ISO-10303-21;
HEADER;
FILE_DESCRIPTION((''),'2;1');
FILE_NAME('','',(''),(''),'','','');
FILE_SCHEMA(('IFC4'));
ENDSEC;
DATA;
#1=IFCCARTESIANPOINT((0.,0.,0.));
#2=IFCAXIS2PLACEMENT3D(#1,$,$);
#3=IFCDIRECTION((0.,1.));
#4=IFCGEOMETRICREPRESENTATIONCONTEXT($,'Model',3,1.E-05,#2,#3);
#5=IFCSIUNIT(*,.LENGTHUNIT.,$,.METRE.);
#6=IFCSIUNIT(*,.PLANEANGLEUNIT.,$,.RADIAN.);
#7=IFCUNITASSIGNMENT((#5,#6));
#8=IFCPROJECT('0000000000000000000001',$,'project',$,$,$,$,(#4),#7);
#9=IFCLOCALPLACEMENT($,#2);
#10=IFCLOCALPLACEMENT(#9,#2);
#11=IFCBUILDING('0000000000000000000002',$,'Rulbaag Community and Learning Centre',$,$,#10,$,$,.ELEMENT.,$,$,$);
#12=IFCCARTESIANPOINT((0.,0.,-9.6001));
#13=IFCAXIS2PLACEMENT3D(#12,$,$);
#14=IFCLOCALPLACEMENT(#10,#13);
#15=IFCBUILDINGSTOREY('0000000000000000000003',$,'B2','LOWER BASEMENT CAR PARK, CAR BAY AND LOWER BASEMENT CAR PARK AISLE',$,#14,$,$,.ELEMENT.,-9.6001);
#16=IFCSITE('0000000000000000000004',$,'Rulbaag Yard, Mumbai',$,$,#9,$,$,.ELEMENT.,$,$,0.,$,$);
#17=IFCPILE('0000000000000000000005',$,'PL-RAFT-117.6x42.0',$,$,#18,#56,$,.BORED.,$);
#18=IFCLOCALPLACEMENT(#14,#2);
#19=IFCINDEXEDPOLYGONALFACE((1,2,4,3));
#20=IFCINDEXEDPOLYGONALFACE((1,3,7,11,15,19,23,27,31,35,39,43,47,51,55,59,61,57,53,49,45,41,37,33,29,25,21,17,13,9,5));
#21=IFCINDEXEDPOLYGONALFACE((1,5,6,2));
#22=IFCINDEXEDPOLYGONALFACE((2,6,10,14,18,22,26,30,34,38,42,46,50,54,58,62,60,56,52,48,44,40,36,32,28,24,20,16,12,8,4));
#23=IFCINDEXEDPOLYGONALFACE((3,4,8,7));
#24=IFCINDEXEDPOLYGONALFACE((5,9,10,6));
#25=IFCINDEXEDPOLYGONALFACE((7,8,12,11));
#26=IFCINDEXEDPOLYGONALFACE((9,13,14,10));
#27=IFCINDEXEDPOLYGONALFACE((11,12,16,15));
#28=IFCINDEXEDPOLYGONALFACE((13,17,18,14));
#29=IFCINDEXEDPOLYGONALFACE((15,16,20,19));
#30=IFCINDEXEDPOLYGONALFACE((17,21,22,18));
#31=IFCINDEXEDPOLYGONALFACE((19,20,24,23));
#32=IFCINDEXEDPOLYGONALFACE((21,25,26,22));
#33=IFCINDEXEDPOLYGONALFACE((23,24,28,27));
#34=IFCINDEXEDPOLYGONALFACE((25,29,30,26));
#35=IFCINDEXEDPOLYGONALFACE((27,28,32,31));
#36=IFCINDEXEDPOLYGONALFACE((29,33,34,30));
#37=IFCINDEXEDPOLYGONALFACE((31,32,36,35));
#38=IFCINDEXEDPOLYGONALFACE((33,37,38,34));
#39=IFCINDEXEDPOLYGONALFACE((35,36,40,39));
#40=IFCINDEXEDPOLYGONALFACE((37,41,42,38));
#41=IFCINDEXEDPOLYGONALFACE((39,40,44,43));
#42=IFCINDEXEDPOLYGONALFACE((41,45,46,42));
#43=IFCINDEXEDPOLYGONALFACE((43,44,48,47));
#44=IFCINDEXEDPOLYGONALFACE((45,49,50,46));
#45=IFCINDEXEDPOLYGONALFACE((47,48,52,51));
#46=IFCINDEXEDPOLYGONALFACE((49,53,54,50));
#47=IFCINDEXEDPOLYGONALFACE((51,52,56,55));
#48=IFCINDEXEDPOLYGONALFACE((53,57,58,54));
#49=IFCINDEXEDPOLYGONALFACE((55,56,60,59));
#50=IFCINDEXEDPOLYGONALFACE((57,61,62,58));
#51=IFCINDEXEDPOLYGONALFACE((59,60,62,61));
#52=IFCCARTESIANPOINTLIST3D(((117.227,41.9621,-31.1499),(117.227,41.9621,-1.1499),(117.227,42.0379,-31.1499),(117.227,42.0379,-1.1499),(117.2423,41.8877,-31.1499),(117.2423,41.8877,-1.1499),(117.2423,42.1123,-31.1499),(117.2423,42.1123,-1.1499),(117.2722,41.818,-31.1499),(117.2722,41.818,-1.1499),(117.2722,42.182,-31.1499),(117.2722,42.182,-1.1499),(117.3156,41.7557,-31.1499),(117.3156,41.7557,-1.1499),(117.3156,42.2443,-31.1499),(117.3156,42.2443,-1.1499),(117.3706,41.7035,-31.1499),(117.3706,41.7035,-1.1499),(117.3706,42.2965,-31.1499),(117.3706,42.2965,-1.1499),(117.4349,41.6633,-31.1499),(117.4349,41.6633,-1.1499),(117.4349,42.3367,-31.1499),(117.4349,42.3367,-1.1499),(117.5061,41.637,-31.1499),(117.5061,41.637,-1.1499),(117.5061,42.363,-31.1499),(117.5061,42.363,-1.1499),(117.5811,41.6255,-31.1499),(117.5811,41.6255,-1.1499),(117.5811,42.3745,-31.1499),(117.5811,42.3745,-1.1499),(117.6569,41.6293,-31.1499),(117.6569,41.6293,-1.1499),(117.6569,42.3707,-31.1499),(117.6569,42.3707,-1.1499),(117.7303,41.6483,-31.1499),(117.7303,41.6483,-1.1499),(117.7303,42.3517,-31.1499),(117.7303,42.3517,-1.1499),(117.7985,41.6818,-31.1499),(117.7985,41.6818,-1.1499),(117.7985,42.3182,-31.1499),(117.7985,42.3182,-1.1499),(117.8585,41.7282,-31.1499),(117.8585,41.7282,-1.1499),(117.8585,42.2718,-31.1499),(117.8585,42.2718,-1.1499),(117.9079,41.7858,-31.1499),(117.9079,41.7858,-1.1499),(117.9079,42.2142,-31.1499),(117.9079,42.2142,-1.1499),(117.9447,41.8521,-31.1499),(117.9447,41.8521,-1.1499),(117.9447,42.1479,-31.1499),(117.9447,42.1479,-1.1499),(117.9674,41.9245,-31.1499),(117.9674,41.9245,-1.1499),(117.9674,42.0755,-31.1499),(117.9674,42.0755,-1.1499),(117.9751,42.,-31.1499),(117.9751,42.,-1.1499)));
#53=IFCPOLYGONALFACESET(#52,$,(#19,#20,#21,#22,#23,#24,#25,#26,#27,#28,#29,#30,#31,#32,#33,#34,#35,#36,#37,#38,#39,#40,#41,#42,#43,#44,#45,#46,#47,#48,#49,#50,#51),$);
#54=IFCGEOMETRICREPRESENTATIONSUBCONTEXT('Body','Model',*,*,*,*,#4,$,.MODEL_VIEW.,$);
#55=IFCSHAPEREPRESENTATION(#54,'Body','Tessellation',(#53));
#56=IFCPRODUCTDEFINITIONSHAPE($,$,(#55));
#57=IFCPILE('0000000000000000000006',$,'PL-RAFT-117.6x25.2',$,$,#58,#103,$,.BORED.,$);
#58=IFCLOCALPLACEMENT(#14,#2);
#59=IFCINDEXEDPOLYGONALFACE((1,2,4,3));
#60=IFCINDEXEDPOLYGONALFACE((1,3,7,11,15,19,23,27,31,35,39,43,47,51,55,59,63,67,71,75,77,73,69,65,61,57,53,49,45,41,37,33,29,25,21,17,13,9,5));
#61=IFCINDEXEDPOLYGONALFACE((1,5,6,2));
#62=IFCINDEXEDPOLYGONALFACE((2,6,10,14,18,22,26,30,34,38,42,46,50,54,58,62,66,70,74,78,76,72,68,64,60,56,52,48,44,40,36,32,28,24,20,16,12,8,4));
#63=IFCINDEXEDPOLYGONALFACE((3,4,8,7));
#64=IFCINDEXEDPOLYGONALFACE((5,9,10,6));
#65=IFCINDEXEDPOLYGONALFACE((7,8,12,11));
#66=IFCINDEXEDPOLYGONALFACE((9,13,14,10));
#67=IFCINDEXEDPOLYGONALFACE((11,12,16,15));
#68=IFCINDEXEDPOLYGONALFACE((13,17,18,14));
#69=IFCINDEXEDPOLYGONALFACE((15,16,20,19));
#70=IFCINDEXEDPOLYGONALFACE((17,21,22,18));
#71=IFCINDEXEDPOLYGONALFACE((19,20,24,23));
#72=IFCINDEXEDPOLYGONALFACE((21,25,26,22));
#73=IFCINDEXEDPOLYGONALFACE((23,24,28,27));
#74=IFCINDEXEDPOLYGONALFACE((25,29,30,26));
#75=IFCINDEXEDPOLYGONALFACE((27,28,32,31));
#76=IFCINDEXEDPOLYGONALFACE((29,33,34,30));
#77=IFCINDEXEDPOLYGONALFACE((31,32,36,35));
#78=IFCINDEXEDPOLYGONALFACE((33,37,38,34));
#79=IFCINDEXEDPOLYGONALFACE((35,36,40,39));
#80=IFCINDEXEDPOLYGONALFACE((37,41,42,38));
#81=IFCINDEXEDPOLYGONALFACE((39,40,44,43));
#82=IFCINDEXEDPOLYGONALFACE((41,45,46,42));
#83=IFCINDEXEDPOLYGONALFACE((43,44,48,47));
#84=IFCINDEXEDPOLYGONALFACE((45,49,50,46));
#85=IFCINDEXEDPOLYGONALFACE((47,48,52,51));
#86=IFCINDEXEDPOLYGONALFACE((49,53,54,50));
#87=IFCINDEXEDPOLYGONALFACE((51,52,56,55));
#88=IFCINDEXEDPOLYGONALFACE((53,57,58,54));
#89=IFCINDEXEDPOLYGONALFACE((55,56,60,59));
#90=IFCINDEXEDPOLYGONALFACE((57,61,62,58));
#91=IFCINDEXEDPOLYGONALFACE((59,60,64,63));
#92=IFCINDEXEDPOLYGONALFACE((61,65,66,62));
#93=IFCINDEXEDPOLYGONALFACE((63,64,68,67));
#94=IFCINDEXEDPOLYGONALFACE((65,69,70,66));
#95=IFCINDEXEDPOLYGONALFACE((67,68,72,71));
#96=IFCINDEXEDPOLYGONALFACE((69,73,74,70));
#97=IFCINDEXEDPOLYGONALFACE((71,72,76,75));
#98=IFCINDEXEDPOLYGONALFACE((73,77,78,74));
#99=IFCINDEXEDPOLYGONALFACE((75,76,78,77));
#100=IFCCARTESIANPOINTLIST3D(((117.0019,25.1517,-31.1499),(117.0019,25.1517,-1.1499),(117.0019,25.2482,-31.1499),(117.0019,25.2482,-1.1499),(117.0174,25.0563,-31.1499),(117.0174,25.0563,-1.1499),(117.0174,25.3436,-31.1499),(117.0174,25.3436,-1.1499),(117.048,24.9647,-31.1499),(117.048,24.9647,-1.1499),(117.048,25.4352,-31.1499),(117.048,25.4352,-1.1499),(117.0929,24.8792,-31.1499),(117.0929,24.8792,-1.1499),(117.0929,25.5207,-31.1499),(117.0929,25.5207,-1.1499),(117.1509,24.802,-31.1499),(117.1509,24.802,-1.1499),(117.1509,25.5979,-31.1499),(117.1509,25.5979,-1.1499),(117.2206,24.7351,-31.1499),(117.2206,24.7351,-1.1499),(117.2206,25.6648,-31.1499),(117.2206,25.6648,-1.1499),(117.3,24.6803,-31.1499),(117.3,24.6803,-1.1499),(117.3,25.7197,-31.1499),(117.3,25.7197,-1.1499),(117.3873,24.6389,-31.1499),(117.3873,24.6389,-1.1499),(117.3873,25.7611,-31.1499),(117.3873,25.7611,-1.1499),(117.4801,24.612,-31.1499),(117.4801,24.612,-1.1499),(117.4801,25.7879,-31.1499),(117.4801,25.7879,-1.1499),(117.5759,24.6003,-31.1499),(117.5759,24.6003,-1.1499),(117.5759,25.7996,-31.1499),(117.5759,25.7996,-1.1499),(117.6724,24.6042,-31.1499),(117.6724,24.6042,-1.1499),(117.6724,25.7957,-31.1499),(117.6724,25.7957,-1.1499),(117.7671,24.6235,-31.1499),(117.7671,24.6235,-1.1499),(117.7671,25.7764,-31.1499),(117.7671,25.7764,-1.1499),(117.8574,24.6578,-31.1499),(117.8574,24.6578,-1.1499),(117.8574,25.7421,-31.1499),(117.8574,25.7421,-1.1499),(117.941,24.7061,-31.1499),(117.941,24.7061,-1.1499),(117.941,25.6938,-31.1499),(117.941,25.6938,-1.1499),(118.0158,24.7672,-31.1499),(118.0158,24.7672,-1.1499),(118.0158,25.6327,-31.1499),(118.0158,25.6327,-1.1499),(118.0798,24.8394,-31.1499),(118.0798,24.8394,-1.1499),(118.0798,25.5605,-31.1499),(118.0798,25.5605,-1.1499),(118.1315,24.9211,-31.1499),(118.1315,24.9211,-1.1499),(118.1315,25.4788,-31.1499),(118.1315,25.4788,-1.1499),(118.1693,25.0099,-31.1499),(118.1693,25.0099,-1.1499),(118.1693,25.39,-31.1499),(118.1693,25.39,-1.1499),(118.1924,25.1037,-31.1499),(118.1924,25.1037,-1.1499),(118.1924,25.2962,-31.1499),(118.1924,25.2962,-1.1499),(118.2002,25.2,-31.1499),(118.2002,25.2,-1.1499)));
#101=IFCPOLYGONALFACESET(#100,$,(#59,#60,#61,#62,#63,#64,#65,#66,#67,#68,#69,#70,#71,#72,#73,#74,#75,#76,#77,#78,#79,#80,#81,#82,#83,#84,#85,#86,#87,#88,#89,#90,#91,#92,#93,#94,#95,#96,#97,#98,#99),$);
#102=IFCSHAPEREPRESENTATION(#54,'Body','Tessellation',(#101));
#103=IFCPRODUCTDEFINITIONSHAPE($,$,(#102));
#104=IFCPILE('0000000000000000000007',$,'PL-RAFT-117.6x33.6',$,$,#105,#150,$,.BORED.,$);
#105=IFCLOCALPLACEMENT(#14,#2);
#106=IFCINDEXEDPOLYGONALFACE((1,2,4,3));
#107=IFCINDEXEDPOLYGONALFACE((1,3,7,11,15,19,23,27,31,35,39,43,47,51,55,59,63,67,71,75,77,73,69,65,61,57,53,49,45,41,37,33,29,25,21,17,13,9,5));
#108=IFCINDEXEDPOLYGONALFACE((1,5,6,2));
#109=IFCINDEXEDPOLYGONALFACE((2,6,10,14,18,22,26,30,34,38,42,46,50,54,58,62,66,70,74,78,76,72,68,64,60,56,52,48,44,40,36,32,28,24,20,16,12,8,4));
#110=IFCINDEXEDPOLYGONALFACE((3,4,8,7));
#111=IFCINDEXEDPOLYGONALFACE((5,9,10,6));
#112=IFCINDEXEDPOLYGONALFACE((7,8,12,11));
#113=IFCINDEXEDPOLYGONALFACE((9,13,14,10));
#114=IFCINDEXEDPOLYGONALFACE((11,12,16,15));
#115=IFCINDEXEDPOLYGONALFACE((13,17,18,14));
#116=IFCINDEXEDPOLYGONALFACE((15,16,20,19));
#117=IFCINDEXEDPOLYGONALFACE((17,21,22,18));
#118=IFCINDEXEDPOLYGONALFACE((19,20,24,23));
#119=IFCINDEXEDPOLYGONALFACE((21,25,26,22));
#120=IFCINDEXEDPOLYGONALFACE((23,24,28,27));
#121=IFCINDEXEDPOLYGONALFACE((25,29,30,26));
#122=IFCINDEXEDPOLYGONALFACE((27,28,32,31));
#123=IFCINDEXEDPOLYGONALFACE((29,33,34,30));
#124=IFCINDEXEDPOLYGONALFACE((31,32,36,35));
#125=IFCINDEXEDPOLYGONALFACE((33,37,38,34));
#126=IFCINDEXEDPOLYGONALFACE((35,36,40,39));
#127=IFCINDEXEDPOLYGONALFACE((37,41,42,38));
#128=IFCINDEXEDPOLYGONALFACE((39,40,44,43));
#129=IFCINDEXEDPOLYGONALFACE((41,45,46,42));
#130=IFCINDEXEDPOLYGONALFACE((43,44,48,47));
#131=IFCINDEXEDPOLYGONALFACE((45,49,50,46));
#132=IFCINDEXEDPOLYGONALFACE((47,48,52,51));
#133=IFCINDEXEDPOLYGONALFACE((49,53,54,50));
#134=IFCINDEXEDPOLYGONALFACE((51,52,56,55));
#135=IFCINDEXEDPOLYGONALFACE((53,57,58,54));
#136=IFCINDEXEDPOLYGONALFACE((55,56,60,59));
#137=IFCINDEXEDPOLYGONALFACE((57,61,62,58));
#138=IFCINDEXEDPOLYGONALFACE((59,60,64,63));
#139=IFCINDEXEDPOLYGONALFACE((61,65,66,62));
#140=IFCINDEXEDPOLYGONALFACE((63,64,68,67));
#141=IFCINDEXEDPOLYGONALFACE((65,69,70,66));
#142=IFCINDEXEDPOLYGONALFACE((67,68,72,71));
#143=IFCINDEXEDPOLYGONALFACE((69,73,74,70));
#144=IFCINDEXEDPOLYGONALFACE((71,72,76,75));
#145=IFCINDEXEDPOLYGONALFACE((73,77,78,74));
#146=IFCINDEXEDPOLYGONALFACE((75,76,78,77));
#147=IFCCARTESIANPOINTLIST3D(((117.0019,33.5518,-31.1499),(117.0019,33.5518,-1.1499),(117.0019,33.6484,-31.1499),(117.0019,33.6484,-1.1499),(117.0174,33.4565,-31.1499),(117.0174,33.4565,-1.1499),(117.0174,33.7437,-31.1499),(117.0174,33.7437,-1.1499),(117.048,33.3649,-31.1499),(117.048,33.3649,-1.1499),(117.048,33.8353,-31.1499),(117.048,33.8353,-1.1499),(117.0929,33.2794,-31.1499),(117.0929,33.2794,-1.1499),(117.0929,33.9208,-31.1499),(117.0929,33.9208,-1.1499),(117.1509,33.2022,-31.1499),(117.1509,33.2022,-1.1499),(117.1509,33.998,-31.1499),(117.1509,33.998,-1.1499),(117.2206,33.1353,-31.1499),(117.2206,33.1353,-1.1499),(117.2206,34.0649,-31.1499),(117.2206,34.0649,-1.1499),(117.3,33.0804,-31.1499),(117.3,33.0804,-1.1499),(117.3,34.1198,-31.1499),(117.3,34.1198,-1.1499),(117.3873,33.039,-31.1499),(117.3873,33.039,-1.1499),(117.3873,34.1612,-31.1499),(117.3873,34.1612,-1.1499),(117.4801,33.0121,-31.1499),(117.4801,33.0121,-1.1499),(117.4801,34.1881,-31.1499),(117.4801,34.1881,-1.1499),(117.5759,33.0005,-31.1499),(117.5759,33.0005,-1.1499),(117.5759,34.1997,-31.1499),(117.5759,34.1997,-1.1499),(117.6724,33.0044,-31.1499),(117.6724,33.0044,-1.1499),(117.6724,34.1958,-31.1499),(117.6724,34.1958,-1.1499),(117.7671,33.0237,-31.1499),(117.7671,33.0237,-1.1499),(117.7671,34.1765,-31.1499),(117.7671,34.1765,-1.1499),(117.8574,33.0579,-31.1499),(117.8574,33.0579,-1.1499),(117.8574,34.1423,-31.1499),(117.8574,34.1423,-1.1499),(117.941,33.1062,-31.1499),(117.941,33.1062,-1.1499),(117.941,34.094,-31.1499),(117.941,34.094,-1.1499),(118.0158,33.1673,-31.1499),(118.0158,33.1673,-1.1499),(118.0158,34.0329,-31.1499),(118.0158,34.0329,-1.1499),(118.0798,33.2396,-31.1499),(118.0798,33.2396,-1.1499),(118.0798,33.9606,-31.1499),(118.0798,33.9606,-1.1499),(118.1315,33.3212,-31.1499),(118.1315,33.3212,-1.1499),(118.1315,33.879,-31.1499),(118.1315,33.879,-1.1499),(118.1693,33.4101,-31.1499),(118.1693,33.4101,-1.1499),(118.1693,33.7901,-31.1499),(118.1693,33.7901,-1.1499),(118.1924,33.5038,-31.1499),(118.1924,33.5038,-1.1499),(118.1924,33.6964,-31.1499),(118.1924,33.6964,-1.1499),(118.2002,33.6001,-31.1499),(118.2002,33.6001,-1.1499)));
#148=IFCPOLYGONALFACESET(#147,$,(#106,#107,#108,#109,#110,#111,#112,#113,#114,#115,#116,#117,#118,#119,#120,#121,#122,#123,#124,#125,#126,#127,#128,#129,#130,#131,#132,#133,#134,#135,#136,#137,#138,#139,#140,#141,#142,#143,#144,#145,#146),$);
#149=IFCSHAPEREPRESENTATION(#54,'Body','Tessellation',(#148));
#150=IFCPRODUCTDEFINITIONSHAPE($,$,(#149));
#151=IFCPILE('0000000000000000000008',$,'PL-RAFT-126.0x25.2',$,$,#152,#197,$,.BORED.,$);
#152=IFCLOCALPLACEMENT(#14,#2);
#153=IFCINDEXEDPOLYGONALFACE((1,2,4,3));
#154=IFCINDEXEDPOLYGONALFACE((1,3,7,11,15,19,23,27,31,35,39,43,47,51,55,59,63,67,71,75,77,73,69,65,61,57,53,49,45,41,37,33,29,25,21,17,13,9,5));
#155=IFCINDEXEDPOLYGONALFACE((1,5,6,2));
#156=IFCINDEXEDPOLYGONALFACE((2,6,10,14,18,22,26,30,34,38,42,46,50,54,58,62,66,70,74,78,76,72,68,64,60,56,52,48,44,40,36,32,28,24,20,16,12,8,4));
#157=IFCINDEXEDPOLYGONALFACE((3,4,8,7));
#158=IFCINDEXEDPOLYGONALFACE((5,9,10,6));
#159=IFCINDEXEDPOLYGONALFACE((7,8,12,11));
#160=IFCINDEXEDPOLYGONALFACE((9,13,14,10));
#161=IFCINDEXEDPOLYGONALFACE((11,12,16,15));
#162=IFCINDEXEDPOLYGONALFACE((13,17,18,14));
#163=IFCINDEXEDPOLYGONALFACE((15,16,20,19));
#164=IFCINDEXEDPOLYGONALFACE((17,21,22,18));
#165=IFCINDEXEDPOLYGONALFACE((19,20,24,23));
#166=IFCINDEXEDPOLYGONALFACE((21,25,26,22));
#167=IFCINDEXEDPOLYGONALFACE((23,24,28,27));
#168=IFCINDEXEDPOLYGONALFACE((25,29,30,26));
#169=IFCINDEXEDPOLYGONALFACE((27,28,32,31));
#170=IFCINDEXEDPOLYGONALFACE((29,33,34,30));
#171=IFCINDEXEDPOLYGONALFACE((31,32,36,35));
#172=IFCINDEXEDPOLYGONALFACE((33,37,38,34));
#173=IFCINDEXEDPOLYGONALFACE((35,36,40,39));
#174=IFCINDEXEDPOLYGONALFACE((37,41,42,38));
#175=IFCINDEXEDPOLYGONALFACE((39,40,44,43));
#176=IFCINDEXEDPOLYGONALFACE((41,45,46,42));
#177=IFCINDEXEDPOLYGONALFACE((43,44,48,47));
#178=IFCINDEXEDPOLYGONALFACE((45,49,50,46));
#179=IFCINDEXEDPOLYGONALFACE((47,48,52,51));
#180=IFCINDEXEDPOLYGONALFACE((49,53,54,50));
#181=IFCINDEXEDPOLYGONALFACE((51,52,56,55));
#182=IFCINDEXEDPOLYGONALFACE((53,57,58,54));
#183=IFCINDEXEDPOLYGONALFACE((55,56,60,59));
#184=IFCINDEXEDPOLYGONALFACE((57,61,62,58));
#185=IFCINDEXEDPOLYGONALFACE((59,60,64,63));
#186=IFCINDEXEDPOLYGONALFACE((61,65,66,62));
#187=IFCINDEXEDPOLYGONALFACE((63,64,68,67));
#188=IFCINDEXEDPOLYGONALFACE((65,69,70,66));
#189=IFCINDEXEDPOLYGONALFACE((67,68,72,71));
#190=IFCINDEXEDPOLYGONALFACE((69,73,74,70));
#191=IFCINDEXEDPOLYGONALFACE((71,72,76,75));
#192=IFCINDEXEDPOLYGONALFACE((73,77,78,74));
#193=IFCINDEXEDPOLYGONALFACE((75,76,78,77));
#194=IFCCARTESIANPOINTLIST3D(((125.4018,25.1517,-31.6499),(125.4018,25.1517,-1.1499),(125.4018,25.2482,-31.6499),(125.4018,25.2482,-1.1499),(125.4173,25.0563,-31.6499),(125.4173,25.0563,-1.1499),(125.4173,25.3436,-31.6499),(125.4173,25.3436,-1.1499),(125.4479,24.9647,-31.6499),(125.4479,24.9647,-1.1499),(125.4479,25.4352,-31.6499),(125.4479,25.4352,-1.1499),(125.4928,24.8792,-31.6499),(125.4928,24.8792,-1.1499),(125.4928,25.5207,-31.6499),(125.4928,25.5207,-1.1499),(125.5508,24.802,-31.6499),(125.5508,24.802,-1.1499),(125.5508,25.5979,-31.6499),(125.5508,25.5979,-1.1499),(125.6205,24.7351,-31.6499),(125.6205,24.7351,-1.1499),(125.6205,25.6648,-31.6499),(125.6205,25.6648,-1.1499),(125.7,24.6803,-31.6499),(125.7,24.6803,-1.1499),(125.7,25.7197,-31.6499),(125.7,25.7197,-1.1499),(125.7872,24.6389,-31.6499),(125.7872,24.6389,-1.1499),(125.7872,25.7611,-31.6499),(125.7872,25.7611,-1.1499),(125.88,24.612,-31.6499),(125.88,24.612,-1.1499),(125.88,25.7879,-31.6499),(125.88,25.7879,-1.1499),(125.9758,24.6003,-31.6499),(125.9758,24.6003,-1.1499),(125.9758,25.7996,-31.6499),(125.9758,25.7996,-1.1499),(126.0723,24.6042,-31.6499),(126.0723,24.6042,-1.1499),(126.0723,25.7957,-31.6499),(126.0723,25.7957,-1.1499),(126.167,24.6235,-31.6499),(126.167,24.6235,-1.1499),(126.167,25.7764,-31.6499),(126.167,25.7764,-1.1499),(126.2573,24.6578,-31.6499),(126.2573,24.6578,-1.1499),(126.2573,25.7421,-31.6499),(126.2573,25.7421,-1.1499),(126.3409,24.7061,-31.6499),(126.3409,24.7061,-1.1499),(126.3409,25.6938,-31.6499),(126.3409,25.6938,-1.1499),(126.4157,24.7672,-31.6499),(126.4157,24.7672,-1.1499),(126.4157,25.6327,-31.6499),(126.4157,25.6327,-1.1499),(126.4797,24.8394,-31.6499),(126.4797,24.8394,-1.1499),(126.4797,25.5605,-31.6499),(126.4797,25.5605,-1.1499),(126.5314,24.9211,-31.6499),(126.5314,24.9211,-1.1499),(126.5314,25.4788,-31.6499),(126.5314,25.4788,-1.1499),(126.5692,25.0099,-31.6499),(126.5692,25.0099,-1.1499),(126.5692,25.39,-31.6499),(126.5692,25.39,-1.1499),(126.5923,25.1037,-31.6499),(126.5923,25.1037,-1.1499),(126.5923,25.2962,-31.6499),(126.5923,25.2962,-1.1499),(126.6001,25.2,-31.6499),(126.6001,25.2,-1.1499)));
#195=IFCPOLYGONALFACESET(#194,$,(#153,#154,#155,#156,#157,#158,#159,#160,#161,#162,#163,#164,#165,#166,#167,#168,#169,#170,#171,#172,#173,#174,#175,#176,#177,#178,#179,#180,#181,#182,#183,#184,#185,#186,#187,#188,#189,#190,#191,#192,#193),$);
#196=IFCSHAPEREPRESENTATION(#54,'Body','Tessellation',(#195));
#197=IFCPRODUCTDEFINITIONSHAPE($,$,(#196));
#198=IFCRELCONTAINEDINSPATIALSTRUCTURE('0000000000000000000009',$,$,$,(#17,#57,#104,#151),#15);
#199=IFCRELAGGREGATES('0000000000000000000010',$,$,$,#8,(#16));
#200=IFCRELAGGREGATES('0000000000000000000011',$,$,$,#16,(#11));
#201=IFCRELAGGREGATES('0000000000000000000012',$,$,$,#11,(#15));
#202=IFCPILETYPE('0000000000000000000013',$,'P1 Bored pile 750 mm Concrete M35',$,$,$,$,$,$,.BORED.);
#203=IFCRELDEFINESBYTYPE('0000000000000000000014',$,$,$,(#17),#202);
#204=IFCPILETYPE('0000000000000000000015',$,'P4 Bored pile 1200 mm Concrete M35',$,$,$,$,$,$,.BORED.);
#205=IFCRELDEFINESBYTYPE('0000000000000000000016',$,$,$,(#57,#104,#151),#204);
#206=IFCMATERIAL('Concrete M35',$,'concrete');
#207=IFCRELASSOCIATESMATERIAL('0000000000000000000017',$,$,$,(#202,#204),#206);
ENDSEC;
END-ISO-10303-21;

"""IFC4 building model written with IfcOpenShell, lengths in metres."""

from ifc_helpers import new_model, si_unit, direction, frame, origin, origin_2d, place, context, subcontext, project, spatial, circle, extrude, material, material_profile, profile_set, type_object, element, save


model = new_model("IFC4")

# Units and contexts
model_context = context("Model", 3, precision=1e-05, world=origin(), true_north=direction((0.0, 1.0)))
body_context = subcontext(model_context, "Body", "Model", "MODEL_VIEW")
ifc_project = project(units=[si_unit("LENGTHUNIT", "METRE"), si_unit("PLANEANGLEUNIT", "RADIAN")], contexts=[model_context])

# Site, building, storey
site_placement = place(None, origin())
site = spatial("IfcSite", under=ifc_project, at=site_placement, Name="Rulbaag Yard, Mumbai", CompositionType="ELEMENT", RefElevation=0.0)
building_placement = place(site_placement, origin())
building = spatial("IfcBuilding", under=site, at=building_placement, Name="Rulbaag Community and Learning Centre", CompositionType="ELEMENT")
storey_placement = place(building_placement, frame((0.0, 0.0, -9.6001)))
storey = spatial("IfcBuildingStorey", under=building, at=storey_placement, Name="B2", Description="LOWER BASEMENT CAR PARK, CAR BAY AND LOWER BASEMENT CAR PARK AISLE", CompositionType="ELEMENT", Elevation=-9.6001)

# Piles
ifc_material_1 = material(Name="Concrete M35", Category="concrete")
ifc_material_profile_1 = material_profile(ifc_material_1, circle(Radius=0.375, at=origin_2d()), Name="BP750")
ifc_profile_set_1 = profile_set([ifc_material_profile_1], Name="Concrete M35")
pile_type_1 = type_object("IfcPileType", Name="P1 Bored pile 750 mm Concrete M35", PredefinedType="BORED", material=ifc_profile_set_1)
pile_placement = place(storey_placement, frame((117.6001, 42.0, -1.1499), z_axis=(0.0, 0.0, -1.0), x_axis=(1.0, 0.0, 0.0)))
element("IfcPile", 1, at=pile_placement, inside=storey, type_object=pile_type_1, Name="PL-RAFT-117.6x42.0", PredefinedType="BORED", context=body_context, shape_type="SweptSolid", body=[
    extrude(circle(Radius=0.375, at=origin_2d()), origin(), (0.0, 0.0, 1.0), 30.0),
])
ifc_material_profile_2 = material_profile(ifc_material_1, circle(Radius=0.6001, at=origin_2d()), Name="BP1200")
ifc_profile_set_2 = profile_set([ifc_material_profile_2], Name="Concrete M35")
pile_type_2 = type_object("IfcPileType", Name="P4 Bored pile 1200 mm Concrete M35", PredefinedType="BORED", material=ifc_profile_set_2)
for number, where, z_axis, x_axis, name in (
    (2, (117.6001, 25.2, -1.1499), (0.0, 0.0, -1.0), (1.0, 0.0, 0.0), "PL-RAFT-117.6x25.2"),
    (3, (117.6001, 33.6001, -1.1499), (0.0, 0.0, -1.0), (1.0, 0.0, 0.0), "PL-RAFT-117.6x33.6"),
):
    element("IfcPile", number, at=place(storey_placement, frame(where, z_axis=z_axis, x_axis=x_axis)), inside=storey, type_object=pile_type_2, Name=name, PredefinedType="BORED", context=body_context, shape_type="SweptSolid", body=[
        extrude(circle(Radius=0.6001, at=origin_2d()), origin(), (0.0, 0.0, 1.0), 30.0),
    ])
for number, where, z_axis, x_axis, name in (
    (4, (126.0, 25.2, -1.1499), (0.0, 0.0, -1.0), (1.0, 0.0, 0.0), "PL-RAFT-126.0x25.2"),
):
    element("IfcPile", number, at=place(storey_placement, frame(where, z_axis=z_axis, x_axis=x_axis)), inside=storey, type_object=pile_type_2, Name=name, PredefinedType="BORED", context=body_context, shape_type="SweptSolid", body=[
        extrude(circle(Radius=0.6001, at=origin_2d()), origin(), (0.0, 0.0, 1.0), 30.5),
    ])

save(model, "model.ifc")
